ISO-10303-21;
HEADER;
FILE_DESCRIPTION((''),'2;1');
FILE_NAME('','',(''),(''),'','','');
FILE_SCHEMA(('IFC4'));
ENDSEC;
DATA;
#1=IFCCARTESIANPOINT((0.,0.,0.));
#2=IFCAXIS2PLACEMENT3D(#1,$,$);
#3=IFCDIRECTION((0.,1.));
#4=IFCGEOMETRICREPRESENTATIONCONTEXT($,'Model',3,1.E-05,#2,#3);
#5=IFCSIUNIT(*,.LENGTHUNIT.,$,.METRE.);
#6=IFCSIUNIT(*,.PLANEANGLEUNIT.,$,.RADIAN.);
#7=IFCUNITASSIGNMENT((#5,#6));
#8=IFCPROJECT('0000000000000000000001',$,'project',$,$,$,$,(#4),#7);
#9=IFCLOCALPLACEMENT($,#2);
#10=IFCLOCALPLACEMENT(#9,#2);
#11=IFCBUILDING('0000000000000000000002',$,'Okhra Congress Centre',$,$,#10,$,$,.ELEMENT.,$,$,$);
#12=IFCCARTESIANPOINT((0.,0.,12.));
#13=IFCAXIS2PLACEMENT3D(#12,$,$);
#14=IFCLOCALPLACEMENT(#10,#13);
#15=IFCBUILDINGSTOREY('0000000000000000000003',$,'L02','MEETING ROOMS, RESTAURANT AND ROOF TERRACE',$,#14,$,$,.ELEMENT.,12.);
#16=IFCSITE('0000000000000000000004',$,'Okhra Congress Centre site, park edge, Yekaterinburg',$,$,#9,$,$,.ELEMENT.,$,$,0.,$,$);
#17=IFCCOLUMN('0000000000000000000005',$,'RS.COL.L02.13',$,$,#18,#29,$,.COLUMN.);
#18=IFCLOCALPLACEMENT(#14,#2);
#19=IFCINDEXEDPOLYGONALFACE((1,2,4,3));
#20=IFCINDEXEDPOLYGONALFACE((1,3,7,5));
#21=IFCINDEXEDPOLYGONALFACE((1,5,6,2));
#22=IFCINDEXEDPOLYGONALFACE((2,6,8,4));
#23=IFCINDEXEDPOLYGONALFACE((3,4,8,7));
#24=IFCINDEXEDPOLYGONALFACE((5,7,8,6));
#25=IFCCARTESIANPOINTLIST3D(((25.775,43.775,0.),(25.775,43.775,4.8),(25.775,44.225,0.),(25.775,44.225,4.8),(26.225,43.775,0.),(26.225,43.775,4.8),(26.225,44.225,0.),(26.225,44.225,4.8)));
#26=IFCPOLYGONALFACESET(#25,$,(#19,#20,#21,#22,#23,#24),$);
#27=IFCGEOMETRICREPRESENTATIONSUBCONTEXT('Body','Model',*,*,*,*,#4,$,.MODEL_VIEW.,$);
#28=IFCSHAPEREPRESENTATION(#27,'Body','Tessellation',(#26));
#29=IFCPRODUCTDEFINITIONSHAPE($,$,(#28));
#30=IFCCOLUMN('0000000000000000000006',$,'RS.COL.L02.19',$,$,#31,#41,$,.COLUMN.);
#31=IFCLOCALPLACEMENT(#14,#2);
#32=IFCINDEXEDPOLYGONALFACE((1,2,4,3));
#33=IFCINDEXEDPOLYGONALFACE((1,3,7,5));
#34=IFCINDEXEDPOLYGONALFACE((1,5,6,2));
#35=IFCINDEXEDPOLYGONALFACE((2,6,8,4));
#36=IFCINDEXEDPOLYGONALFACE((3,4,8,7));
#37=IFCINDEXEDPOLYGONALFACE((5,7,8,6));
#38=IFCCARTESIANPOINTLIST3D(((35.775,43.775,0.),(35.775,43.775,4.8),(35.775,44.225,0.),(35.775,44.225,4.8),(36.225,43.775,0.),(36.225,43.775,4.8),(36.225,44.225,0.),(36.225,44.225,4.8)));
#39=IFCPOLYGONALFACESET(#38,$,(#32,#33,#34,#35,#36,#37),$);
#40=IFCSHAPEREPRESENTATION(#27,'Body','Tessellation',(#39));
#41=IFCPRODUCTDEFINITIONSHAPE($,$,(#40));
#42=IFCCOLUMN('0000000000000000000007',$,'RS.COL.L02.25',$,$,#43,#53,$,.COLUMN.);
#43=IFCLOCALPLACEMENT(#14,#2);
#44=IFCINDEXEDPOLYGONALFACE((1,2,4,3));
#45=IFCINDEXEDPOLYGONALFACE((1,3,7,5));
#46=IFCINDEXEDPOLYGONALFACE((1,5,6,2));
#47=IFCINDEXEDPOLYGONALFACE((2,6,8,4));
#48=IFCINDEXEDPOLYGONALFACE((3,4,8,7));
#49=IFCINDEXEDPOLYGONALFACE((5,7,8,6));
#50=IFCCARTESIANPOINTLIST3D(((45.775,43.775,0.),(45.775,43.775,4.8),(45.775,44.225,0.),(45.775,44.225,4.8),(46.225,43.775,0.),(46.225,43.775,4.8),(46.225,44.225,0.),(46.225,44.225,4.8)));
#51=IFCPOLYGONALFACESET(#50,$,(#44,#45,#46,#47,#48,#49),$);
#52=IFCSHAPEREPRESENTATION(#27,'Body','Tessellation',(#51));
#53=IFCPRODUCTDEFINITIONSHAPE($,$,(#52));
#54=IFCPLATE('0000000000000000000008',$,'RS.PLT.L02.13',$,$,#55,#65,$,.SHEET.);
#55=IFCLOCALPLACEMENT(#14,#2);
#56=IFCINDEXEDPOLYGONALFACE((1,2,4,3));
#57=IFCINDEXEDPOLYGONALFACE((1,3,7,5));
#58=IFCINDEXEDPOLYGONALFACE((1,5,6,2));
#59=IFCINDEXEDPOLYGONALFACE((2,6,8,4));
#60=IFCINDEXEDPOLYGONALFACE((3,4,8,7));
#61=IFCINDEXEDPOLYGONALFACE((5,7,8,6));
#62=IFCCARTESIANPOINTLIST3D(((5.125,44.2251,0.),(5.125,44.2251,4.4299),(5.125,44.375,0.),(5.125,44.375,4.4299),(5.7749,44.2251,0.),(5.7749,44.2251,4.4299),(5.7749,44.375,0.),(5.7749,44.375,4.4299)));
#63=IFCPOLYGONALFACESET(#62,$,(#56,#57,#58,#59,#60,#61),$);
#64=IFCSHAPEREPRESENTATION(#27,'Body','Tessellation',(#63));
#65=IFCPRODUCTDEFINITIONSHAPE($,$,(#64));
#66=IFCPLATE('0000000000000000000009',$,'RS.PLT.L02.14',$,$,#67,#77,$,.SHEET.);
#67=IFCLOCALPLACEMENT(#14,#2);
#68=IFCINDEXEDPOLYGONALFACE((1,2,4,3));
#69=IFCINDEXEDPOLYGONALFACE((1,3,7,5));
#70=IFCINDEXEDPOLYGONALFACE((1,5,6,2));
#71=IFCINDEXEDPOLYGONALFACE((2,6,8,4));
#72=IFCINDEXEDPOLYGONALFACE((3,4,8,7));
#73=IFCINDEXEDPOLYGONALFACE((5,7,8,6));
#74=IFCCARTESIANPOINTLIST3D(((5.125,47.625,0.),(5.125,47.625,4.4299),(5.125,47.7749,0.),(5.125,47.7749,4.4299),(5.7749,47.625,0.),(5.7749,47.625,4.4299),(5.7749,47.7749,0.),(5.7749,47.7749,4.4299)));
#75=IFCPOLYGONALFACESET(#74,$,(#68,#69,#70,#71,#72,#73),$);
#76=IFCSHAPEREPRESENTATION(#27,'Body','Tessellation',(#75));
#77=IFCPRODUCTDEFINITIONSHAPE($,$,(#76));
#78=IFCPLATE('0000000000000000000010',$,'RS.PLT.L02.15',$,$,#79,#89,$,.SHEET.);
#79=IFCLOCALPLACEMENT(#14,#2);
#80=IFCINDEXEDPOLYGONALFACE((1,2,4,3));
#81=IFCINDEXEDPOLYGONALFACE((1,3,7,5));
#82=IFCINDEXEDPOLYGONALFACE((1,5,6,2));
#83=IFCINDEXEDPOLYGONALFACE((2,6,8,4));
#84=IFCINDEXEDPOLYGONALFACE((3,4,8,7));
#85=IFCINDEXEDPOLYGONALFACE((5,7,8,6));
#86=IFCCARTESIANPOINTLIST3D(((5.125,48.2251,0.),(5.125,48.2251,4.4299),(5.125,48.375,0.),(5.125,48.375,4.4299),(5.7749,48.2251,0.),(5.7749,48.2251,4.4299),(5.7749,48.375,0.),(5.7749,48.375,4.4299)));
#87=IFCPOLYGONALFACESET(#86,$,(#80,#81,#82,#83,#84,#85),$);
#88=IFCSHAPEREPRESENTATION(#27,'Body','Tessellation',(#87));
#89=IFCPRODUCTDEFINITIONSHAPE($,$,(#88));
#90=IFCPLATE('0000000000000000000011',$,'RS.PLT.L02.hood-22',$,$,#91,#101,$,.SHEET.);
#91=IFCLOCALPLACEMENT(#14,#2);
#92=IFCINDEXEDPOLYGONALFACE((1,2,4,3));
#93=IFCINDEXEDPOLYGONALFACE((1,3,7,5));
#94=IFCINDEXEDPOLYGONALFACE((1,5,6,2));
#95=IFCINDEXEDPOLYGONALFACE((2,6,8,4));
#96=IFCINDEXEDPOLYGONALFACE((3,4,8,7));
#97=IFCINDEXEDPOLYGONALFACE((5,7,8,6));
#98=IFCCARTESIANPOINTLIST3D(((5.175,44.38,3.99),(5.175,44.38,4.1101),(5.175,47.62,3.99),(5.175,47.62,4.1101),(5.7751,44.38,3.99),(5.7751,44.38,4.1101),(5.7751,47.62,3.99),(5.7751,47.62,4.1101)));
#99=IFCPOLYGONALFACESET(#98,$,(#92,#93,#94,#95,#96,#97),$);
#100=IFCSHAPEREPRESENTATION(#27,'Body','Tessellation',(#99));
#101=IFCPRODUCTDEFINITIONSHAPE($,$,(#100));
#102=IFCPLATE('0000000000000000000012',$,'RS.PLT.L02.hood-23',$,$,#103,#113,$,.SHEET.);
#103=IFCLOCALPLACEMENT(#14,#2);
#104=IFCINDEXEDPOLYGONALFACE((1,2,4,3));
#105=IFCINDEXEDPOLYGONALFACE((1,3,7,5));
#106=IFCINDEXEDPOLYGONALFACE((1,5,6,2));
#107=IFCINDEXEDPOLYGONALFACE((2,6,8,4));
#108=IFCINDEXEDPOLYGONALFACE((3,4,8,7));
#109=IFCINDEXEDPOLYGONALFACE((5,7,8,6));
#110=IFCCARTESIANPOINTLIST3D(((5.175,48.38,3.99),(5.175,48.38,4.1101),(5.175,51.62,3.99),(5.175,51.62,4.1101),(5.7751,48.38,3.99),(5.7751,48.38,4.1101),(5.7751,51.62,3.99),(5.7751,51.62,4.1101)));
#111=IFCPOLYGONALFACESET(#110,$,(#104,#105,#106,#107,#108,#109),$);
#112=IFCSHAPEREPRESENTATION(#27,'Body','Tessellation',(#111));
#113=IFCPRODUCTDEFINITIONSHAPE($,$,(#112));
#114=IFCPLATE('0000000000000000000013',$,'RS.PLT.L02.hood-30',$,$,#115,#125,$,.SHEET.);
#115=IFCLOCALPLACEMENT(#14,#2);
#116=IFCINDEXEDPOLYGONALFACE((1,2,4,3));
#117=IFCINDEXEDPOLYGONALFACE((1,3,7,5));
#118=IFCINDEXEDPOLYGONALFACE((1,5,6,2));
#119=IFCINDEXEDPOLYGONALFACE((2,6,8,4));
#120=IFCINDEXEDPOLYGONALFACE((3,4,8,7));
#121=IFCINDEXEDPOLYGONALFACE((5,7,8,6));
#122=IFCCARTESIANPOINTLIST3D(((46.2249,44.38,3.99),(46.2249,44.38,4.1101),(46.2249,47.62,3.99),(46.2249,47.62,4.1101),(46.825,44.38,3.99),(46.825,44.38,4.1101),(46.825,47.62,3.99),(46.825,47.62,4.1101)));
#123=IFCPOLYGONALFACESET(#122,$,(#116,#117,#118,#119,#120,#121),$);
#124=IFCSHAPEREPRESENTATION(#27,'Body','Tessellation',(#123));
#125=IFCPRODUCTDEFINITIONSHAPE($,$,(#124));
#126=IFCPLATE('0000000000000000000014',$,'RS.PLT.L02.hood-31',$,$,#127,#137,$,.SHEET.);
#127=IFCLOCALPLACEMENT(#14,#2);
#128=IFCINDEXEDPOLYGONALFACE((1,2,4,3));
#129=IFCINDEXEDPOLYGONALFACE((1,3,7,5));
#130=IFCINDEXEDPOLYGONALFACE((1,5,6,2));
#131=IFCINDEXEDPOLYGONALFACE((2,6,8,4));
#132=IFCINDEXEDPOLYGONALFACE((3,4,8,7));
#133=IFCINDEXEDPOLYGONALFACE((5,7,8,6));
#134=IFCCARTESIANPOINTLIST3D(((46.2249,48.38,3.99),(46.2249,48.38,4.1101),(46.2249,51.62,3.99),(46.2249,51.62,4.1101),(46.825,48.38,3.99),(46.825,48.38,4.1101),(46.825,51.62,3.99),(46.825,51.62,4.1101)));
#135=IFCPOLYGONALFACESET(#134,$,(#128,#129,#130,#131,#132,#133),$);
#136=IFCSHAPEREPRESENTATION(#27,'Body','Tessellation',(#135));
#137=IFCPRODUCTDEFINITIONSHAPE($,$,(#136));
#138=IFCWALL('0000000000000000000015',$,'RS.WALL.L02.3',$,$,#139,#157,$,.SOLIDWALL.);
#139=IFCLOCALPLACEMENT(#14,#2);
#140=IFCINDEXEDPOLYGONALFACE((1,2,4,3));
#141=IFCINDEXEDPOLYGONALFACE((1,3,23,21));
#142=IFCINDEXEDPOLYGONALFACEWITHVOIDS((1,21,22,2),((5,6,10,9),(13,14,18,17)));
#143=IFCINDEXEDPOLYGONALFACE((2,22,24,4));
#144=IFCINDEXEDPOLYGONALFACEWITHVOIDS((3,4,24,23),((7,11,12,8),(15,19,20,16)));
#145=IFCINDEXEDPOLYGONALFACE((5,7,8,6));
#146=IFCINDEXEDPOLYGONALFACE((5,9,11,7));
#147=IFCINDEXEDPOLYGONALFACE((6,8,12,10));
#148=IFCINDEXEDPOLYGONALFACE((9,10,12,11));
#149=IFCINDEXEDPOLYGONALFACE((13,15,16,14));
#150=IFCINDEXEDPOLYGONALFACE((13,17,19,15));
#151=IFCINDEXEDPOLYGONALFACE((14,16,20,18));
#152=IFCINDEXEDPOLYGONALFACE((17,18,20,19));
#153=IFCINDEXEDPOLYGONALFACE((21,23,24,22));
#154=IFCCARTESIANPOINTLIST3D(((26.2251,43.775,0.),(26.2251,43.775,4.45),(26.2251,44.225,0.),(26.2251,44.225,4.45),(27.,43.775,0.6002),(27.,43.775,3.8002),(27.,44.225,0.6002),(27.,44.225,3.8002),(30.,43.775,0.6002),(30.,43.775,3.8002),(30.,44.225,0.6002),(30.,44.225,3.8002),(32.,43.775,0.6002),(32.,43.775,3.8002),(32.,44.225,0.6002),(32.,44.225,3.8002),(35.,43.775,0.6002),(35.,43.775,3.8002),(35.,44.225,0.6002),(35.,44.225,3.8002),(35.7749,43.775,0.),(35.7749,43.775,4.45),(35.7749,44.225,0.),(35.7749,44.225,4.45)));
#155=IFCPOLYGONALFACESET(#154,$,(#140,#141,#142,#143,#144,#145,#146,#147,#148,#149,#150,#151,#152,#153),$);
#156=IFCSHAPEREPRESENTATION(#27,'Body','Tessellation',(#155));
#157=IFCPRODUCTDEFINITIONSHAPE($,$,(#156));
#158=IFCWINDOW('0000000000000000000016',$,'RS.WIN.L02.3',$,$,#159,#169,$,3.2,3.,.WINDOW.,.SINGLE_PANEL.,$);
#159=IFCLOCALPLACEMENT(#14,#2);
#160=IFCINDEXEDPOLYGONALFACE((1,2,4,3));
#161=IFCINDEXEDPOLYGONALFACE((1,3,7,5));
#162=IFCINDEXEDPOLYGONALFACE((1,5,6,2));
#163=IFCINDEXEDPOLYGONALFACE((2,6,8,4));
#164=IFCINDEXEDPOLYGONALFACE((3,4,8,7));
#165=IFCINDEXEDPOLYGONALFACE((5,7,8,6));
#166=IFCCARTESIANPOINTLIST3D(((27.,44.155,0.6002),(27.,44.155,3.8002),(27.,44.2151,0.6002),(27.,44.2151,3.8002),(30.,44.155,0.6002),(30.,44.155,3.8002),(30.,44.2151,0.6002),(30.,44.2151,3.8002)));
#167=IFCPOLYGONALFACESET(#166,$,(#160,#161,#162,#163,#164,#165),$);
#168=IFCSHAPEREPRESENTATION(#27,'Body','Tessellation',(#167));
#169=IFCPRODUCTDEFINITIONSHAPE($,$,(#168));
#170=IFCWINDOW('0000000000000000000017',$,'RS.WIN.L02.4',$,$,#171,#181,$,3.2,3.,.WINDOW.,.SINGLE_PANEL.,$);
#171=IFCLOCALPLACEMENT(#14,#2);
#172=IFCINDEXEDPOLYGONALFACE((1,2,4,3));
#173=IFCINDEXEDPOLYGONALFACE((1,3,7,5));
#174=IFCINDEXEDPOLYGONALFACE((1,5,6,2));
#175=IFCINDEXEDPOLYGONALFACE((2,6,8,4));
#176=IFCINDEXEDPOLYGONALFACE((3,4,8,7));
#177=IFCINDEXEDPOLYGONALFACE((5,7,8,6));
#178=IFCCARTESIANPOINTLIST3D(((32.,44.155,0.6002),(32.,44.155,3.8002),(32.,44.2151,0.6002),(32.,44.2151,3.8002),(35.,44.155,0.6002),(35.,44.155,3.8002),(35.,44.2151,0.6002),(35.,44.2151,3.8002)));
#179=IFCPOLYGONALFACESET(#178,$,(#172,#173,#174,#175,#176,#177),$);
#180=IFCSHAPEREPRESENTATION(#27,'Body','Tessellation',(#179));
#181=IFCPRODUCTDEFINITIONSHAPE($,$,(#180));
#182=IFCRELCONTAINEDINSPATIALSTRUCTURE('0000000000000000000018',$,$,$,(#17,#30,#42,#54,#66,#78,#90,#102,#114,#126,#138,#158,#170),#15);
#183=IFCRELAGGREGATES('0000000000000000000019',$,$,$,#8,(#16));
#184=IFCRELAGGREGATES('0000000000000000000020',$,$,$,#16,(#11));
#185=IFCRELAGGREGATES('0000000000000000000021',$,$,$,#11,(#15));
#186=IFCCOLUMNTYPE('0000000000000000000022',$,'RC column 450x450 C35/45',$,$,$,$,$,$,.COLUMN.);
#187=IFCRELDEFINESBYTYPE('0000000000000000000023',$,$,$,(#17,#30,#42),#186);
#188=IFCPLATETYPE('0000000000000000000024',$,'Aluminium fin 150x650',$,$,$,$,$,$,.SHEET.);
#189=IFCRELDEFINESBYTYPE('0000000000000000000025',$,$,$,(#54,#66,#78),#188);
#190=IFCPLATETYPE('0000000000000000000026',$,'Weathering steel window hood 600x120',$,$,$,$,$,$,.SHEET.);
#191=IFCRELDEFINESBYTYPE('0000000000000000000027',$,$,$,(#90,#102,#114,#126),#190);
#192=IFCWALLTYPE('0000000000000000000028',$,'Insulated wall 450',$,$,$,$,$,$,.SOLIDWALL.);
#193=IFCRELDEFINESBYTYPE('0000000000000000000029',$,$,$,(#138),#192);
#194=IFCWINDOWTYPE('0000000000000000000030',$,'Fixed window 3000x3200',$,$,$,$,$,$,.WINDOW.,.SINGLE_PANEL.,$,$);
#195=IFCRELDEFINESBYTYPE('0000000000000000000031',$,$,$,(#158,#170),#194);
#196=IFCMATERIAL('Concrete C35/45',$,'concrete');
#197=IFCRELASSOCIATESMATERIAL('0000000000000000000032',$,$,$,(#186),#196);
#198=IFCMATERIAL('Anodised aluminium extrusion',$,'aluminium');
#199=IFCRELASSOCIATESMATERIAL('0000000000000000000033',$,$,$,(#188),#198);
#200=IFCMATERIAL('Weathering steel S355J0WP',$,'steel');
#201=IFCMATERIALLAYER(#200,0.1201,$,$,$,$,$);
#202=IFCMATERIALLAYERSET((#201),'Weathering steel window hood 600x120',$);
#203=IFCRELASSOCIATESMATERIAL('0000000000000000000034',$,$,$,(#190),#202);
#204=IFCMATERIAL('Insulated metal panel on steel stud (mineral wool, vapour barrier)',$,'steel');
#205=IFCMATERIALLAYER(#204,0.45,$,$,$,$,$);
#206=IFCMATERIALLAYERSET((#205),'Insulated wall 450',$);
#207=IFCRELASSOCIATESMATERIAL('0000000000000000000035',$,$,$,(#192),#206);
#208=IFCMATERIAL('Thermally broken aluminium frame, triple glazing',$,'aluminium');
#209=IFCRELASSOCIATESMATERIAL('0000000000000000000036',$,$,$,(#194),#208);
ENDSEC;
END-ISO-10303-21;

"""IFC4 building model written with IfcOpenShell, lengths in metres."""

from ifc_helpers import new_model, si_unit, direction, frame, frame_2d, origin, origin_2d, place, context, subcontext, project, spatial, rectangle, extrude, material, layer, layer_set, material_profile, profile_set, type_object, element, fill, save


model = new_model("IFC4")

# Units and contexts
model_context = context("Model", 3, precision=1e-05, world=origin(), true_north=direction((0.0, 1.0)))
body_context = subcontext(model_context, "Body", "Model", "MODEL_VIEW")
ifc_project = project(units=[si_unit("LENGTHUNIT", "METRE"), si_unit("PLANEANGLEUNIT", "RADIAN")], contexts=[model_context])

# Site, building, storey
site_placement = place(None, origin())
site = spatial("IfcSite", under=ifc_project, at=site_placement, Name="Okhra Congress Centre site, park edge, Yekaterinburg", CompositionType="ELEMENT", RefElevation=0.0)
building_placement = place(site_placement, origin())
building = spatial("IfcBuilding", under=site, at=building_placement, Name="Okhra Congress Centre", CompositionType="ELEMENT")
storey_placement = place(building_placement, frame((0.0, 0.0, 12.0)))
storey = spatial("IfcBuildingStorey", under=building, at=storey_placement, Name="L02", Description="MEETING ROOMS, RESTAURANT AND ROOF TERRACE", CompositionType="ELEMENT", Elevation=12.0)

# Columns
ifc_material_1 = material(Name="Concrete C35/45", Category="concrete")
ifc_material_profile = material_profile(ifc_material_1, rectangle(XDim=0.45, YDim=0.45, at=origin_2d()), Name="RC 450x450")
ifc_profile_set = profile_set([ifc_material_profile], Name="Concrete C35/45")
column_type = type_object("IfcColumnType", Name="RC column 450x450 C35/45", PredefinedType="COLUMN", material=ifc_profile_set)
for number, where, z_axis, x_axis, name in (
    (1, (26.0, 44.0, 0.0), (0.0, 0.0, 1.0), (1.0, 0.0, 0.0), "RS.COL.L02.13"),
    (2, (36.0, 44.0, 0.0), (0.0, 0.0, 1.0), (1.0, 0.0, 0.0), "RS.COL.L02.19"),
    (3, (46.0, 44.0, 0.0), (0.0, 0.0, 1.0), (1.0, 0.0, 0.0), "RS.COL.L02.25"),
):
    element("IfcColumn", number, at=place(storey_placement, frame(where, z_axis=z_axis, x_axis=x_axis)), inside=storey, type_object=column_type, Name=name, PredefinedType="COLUMN", context=body_context, shape_type="SweptSolid", body=[
        extrude(rectangle(XDim=0.45, YDim=0.45, at=origin_2d()), origin(), (0.0, 0.0, 1.0), 4.8),
    ])

# Plates
ifc_material_2 = material(Name="Anodised aluminium extrusion", Category="aluminium")
plate_type_1 = type_object("IfcPlateType", Name="Aluminium fin 150x650", PredefinedType="SHEET", material=ifc_material_2)
for number, where, z_axis, x_axis, name in (
    (4, (5.45, 44.3, 0.0), (0.0, 0.0, 1.0), (0.0, -1.0, 0.0), "RS.PLT.L02.13"),
    (5, (5.45, 47.7, 0.0), (0.0, 0.0, 1.0), (0.0, -1.0, 0.0), "RS.PLT.L02.14"),
    (6, (5.45, 48.3, 0.0), (0.0, 0.0, 1.0), (0.0, -1.0, 0.0), "RS.PLT.L02.15"),
):
    element("IfcPlate", number, at=place(storey_placement, frame(where, z_axis=z_axis, x_axis=x_axis)), inside=storey, type_object=plate_type_1, Name=name, PredefinedType="SHEET", context=body_context, shape_type="SweptSolid", body=[
        extrude(rectangle(XDim=0.1499, YDim=0.6499, at=origin_2d()), origin(), (0.0, 0.0, 1.0), 4.4299),
    ])
ifc_material_3 = material(Name="Weathering steel S355J0WP", Category="steel")
ifc_layer_1 = layer(ifc_material_3, 0.1201)
ifc_layer_set_1 = layer_set([ifc_layer_1], Name="Weathering steel window hood 600x120")
plate_type_2 = type_object("IfcPlateType", Name="Weathering steel window hood 600x120", PredefinedType="SHEET", material=ifc_layer_set_1)
for number, where, z_axis, x_axis, name in (
    (7, (5.4751, 46.0, 3.99), (0.0, 0.0, 1.0), (0.0, -1.0, 0.0), "RS.PLT.L02.hood-22"),
    (8, (5.4751, 50.0, 3.99), (0.0, 0.0, 1.0), (0.0, -1.0, 0.0), "RS.PLT.L02.hood-23"),
    (9, (46.5249, 46.0, 3.99), (0.0, 0.0, 1.0), (0.0, 1.0, 0.0), "RS.PLT.L02.hood-30"),
    (10, (46.5249, 50.0, 3.99), (0.0, 0.0, 1.0), (0.0, 1.0, 0.0), "RS.PLT.L02.hood-31"),
):
    element("IfcPlate", number, at=place(storey_placement, frame(where, z_axis=z_axis, x_axis=x_axis)), inside=storey, type_object=plate_type_2, Name=name, PredefinedType="SHEET", context=body_context, shape_type="SweptSolid", body=[
        extrude(rectangle(XDim=3.24, YDim=0.6001, at=origin_2d()), origin(), (0.0, 0.0, 1.0), 0.1201),
    ])

# Shared definitions
ifc_material_4 = material(Name="Insulated metal panel on steel stud (mineral wool, vapour barrier)", Category="steel")
ifc_layer_2 = layer(ifc_material_4, 0.45)
ifc_layer_set_2 = layer_set([ifc_layer_2], Name="Insulated wall 450")
wall_type_1 = type_object("IfcWallType", Name="Insulated wall 450", PredefinedType="SOLIDWALL", material=ifc_layer_set_2)

# Wall, openings, windows
wall_1_placement = place(storey_placement, frame((26.2251, 44.0, 0.0), z_axis=(0.0, 0.0, 1.0), x_axis=(1.0, 0.0, 0.0)))
wall_1 = element("IfcWall", 11, at=wall_1_placement, inside=storey, type_object=wall_type_1, Name="RS.WALL.L02.3", PredefinedType="SOLIDWALL", context=body_context, shape_type="SweptSolid", body=[
    extrude(rectangle(XDim=9.5498, YDim=0.45, at=frame_2d((4.7749, 0.0))), origin(), (0.0, 0.0, 1.0), 4.45),
])
opening_1_placement = place(wall_1_placement, frame((0.7749, 0.0, 0.6001)))
opening_1 = element("IfcOpeningElement", 12, at=opening_1_placement, cuts=wall_1, PredefinedType="OPENING", context=body_context, shape_type="SweptSolid", body=[
    extrude(rectangle(XDim=3.0, YDim=3.2, at=frame_2d((1.5, 1.6001))), frame((0.0, 0.2349, 0.0), z_axis=(0.0, -1.0, 0.0), x_axis=(1.0, 0.0, 0.0)), (0.0, 0.0, 1.0), 0.47),
])
opening_2_placement = place(wall_1_placement, frame((5.7749, 0.0, 0.6001)))
opening_2 = element("IfcOpeningElement", 13, at=opening_2_placement, cuts=wall_1, PredefinedType="OPENING", context=body_context, shape_type="SweptSolid", body=[
    extrude(rectangle(XDim=3.0, YDim=3.2, at=frame_2d((1.5, 1.6001))), frame((0.0, 0.2349, 0.0), z_axis=(0.0, -1.0, 0.0), x_axis=(1.0, 0.0, 0.0)), (0.0, 0.0, 1.0), 0.47),
])
ifc_material_5 = material(Name="Thermally broken aluminium frame, triple glazing", Category="aluminium")
window_type = type_object("IfcWindowType", Name="Fixed window 3000x3200", PartitioningType="SINGLE_PANEL", PredefinedType="WINDOW", material=ifc_material_5)
window_1_placement = place(opening_1_placement, origin())
window_1 = element("IfcWindow", 14, at=window_1_placement, inside=storey, type_object=window_type, Name="RS.WIN.L02.3", OverallHeight=3.2, OverallWidth=3.0, PartitioningType="SINGLE_PANEL", PredefinedType="WINDOW", context=body_context, shape_type="SweptSolid", body=[
    extrude(rectangle(XDim=3.0, YDim=3.2, at=frame_2d((1.5, 1.6001))), frame((0.0, 0.2151, 0.0), z_axis=(0.0, -1.0, 0.0), x_axis=(1.0, 0.0, 0.0)), (0.0, 0.0, 1.0), 0.0601),
])
fill(opening_1, window_1)
window_2_placement = place(opening_2_placement, origin())
window_2 = element("IfcWindow", 15, at=window_2_placement, inside=storey, type_object=window_type, Name="RS.WIN.L02.4", OverallHeight=3.2, OverallWidth=3.0, PartitioningType="SINGLE_PANEL", PredefinedType="WINDOW", context=body_context, shape_type="SweptSolid", body=[
    extrude(rectangle(XDim=3.0, YDim=3.2, at=frame_2d((1.5, 1.6001))), frame((0.0, 0.2151, 0.0), z_axis=(0.0, -1.0, 0.0), x_axis=(1.0, 0.0, 0.0)), (0.0, 0.0, 1.0), 0.0601),
])
fill(opening_2, window_2)

save(model, "model.ifc")
